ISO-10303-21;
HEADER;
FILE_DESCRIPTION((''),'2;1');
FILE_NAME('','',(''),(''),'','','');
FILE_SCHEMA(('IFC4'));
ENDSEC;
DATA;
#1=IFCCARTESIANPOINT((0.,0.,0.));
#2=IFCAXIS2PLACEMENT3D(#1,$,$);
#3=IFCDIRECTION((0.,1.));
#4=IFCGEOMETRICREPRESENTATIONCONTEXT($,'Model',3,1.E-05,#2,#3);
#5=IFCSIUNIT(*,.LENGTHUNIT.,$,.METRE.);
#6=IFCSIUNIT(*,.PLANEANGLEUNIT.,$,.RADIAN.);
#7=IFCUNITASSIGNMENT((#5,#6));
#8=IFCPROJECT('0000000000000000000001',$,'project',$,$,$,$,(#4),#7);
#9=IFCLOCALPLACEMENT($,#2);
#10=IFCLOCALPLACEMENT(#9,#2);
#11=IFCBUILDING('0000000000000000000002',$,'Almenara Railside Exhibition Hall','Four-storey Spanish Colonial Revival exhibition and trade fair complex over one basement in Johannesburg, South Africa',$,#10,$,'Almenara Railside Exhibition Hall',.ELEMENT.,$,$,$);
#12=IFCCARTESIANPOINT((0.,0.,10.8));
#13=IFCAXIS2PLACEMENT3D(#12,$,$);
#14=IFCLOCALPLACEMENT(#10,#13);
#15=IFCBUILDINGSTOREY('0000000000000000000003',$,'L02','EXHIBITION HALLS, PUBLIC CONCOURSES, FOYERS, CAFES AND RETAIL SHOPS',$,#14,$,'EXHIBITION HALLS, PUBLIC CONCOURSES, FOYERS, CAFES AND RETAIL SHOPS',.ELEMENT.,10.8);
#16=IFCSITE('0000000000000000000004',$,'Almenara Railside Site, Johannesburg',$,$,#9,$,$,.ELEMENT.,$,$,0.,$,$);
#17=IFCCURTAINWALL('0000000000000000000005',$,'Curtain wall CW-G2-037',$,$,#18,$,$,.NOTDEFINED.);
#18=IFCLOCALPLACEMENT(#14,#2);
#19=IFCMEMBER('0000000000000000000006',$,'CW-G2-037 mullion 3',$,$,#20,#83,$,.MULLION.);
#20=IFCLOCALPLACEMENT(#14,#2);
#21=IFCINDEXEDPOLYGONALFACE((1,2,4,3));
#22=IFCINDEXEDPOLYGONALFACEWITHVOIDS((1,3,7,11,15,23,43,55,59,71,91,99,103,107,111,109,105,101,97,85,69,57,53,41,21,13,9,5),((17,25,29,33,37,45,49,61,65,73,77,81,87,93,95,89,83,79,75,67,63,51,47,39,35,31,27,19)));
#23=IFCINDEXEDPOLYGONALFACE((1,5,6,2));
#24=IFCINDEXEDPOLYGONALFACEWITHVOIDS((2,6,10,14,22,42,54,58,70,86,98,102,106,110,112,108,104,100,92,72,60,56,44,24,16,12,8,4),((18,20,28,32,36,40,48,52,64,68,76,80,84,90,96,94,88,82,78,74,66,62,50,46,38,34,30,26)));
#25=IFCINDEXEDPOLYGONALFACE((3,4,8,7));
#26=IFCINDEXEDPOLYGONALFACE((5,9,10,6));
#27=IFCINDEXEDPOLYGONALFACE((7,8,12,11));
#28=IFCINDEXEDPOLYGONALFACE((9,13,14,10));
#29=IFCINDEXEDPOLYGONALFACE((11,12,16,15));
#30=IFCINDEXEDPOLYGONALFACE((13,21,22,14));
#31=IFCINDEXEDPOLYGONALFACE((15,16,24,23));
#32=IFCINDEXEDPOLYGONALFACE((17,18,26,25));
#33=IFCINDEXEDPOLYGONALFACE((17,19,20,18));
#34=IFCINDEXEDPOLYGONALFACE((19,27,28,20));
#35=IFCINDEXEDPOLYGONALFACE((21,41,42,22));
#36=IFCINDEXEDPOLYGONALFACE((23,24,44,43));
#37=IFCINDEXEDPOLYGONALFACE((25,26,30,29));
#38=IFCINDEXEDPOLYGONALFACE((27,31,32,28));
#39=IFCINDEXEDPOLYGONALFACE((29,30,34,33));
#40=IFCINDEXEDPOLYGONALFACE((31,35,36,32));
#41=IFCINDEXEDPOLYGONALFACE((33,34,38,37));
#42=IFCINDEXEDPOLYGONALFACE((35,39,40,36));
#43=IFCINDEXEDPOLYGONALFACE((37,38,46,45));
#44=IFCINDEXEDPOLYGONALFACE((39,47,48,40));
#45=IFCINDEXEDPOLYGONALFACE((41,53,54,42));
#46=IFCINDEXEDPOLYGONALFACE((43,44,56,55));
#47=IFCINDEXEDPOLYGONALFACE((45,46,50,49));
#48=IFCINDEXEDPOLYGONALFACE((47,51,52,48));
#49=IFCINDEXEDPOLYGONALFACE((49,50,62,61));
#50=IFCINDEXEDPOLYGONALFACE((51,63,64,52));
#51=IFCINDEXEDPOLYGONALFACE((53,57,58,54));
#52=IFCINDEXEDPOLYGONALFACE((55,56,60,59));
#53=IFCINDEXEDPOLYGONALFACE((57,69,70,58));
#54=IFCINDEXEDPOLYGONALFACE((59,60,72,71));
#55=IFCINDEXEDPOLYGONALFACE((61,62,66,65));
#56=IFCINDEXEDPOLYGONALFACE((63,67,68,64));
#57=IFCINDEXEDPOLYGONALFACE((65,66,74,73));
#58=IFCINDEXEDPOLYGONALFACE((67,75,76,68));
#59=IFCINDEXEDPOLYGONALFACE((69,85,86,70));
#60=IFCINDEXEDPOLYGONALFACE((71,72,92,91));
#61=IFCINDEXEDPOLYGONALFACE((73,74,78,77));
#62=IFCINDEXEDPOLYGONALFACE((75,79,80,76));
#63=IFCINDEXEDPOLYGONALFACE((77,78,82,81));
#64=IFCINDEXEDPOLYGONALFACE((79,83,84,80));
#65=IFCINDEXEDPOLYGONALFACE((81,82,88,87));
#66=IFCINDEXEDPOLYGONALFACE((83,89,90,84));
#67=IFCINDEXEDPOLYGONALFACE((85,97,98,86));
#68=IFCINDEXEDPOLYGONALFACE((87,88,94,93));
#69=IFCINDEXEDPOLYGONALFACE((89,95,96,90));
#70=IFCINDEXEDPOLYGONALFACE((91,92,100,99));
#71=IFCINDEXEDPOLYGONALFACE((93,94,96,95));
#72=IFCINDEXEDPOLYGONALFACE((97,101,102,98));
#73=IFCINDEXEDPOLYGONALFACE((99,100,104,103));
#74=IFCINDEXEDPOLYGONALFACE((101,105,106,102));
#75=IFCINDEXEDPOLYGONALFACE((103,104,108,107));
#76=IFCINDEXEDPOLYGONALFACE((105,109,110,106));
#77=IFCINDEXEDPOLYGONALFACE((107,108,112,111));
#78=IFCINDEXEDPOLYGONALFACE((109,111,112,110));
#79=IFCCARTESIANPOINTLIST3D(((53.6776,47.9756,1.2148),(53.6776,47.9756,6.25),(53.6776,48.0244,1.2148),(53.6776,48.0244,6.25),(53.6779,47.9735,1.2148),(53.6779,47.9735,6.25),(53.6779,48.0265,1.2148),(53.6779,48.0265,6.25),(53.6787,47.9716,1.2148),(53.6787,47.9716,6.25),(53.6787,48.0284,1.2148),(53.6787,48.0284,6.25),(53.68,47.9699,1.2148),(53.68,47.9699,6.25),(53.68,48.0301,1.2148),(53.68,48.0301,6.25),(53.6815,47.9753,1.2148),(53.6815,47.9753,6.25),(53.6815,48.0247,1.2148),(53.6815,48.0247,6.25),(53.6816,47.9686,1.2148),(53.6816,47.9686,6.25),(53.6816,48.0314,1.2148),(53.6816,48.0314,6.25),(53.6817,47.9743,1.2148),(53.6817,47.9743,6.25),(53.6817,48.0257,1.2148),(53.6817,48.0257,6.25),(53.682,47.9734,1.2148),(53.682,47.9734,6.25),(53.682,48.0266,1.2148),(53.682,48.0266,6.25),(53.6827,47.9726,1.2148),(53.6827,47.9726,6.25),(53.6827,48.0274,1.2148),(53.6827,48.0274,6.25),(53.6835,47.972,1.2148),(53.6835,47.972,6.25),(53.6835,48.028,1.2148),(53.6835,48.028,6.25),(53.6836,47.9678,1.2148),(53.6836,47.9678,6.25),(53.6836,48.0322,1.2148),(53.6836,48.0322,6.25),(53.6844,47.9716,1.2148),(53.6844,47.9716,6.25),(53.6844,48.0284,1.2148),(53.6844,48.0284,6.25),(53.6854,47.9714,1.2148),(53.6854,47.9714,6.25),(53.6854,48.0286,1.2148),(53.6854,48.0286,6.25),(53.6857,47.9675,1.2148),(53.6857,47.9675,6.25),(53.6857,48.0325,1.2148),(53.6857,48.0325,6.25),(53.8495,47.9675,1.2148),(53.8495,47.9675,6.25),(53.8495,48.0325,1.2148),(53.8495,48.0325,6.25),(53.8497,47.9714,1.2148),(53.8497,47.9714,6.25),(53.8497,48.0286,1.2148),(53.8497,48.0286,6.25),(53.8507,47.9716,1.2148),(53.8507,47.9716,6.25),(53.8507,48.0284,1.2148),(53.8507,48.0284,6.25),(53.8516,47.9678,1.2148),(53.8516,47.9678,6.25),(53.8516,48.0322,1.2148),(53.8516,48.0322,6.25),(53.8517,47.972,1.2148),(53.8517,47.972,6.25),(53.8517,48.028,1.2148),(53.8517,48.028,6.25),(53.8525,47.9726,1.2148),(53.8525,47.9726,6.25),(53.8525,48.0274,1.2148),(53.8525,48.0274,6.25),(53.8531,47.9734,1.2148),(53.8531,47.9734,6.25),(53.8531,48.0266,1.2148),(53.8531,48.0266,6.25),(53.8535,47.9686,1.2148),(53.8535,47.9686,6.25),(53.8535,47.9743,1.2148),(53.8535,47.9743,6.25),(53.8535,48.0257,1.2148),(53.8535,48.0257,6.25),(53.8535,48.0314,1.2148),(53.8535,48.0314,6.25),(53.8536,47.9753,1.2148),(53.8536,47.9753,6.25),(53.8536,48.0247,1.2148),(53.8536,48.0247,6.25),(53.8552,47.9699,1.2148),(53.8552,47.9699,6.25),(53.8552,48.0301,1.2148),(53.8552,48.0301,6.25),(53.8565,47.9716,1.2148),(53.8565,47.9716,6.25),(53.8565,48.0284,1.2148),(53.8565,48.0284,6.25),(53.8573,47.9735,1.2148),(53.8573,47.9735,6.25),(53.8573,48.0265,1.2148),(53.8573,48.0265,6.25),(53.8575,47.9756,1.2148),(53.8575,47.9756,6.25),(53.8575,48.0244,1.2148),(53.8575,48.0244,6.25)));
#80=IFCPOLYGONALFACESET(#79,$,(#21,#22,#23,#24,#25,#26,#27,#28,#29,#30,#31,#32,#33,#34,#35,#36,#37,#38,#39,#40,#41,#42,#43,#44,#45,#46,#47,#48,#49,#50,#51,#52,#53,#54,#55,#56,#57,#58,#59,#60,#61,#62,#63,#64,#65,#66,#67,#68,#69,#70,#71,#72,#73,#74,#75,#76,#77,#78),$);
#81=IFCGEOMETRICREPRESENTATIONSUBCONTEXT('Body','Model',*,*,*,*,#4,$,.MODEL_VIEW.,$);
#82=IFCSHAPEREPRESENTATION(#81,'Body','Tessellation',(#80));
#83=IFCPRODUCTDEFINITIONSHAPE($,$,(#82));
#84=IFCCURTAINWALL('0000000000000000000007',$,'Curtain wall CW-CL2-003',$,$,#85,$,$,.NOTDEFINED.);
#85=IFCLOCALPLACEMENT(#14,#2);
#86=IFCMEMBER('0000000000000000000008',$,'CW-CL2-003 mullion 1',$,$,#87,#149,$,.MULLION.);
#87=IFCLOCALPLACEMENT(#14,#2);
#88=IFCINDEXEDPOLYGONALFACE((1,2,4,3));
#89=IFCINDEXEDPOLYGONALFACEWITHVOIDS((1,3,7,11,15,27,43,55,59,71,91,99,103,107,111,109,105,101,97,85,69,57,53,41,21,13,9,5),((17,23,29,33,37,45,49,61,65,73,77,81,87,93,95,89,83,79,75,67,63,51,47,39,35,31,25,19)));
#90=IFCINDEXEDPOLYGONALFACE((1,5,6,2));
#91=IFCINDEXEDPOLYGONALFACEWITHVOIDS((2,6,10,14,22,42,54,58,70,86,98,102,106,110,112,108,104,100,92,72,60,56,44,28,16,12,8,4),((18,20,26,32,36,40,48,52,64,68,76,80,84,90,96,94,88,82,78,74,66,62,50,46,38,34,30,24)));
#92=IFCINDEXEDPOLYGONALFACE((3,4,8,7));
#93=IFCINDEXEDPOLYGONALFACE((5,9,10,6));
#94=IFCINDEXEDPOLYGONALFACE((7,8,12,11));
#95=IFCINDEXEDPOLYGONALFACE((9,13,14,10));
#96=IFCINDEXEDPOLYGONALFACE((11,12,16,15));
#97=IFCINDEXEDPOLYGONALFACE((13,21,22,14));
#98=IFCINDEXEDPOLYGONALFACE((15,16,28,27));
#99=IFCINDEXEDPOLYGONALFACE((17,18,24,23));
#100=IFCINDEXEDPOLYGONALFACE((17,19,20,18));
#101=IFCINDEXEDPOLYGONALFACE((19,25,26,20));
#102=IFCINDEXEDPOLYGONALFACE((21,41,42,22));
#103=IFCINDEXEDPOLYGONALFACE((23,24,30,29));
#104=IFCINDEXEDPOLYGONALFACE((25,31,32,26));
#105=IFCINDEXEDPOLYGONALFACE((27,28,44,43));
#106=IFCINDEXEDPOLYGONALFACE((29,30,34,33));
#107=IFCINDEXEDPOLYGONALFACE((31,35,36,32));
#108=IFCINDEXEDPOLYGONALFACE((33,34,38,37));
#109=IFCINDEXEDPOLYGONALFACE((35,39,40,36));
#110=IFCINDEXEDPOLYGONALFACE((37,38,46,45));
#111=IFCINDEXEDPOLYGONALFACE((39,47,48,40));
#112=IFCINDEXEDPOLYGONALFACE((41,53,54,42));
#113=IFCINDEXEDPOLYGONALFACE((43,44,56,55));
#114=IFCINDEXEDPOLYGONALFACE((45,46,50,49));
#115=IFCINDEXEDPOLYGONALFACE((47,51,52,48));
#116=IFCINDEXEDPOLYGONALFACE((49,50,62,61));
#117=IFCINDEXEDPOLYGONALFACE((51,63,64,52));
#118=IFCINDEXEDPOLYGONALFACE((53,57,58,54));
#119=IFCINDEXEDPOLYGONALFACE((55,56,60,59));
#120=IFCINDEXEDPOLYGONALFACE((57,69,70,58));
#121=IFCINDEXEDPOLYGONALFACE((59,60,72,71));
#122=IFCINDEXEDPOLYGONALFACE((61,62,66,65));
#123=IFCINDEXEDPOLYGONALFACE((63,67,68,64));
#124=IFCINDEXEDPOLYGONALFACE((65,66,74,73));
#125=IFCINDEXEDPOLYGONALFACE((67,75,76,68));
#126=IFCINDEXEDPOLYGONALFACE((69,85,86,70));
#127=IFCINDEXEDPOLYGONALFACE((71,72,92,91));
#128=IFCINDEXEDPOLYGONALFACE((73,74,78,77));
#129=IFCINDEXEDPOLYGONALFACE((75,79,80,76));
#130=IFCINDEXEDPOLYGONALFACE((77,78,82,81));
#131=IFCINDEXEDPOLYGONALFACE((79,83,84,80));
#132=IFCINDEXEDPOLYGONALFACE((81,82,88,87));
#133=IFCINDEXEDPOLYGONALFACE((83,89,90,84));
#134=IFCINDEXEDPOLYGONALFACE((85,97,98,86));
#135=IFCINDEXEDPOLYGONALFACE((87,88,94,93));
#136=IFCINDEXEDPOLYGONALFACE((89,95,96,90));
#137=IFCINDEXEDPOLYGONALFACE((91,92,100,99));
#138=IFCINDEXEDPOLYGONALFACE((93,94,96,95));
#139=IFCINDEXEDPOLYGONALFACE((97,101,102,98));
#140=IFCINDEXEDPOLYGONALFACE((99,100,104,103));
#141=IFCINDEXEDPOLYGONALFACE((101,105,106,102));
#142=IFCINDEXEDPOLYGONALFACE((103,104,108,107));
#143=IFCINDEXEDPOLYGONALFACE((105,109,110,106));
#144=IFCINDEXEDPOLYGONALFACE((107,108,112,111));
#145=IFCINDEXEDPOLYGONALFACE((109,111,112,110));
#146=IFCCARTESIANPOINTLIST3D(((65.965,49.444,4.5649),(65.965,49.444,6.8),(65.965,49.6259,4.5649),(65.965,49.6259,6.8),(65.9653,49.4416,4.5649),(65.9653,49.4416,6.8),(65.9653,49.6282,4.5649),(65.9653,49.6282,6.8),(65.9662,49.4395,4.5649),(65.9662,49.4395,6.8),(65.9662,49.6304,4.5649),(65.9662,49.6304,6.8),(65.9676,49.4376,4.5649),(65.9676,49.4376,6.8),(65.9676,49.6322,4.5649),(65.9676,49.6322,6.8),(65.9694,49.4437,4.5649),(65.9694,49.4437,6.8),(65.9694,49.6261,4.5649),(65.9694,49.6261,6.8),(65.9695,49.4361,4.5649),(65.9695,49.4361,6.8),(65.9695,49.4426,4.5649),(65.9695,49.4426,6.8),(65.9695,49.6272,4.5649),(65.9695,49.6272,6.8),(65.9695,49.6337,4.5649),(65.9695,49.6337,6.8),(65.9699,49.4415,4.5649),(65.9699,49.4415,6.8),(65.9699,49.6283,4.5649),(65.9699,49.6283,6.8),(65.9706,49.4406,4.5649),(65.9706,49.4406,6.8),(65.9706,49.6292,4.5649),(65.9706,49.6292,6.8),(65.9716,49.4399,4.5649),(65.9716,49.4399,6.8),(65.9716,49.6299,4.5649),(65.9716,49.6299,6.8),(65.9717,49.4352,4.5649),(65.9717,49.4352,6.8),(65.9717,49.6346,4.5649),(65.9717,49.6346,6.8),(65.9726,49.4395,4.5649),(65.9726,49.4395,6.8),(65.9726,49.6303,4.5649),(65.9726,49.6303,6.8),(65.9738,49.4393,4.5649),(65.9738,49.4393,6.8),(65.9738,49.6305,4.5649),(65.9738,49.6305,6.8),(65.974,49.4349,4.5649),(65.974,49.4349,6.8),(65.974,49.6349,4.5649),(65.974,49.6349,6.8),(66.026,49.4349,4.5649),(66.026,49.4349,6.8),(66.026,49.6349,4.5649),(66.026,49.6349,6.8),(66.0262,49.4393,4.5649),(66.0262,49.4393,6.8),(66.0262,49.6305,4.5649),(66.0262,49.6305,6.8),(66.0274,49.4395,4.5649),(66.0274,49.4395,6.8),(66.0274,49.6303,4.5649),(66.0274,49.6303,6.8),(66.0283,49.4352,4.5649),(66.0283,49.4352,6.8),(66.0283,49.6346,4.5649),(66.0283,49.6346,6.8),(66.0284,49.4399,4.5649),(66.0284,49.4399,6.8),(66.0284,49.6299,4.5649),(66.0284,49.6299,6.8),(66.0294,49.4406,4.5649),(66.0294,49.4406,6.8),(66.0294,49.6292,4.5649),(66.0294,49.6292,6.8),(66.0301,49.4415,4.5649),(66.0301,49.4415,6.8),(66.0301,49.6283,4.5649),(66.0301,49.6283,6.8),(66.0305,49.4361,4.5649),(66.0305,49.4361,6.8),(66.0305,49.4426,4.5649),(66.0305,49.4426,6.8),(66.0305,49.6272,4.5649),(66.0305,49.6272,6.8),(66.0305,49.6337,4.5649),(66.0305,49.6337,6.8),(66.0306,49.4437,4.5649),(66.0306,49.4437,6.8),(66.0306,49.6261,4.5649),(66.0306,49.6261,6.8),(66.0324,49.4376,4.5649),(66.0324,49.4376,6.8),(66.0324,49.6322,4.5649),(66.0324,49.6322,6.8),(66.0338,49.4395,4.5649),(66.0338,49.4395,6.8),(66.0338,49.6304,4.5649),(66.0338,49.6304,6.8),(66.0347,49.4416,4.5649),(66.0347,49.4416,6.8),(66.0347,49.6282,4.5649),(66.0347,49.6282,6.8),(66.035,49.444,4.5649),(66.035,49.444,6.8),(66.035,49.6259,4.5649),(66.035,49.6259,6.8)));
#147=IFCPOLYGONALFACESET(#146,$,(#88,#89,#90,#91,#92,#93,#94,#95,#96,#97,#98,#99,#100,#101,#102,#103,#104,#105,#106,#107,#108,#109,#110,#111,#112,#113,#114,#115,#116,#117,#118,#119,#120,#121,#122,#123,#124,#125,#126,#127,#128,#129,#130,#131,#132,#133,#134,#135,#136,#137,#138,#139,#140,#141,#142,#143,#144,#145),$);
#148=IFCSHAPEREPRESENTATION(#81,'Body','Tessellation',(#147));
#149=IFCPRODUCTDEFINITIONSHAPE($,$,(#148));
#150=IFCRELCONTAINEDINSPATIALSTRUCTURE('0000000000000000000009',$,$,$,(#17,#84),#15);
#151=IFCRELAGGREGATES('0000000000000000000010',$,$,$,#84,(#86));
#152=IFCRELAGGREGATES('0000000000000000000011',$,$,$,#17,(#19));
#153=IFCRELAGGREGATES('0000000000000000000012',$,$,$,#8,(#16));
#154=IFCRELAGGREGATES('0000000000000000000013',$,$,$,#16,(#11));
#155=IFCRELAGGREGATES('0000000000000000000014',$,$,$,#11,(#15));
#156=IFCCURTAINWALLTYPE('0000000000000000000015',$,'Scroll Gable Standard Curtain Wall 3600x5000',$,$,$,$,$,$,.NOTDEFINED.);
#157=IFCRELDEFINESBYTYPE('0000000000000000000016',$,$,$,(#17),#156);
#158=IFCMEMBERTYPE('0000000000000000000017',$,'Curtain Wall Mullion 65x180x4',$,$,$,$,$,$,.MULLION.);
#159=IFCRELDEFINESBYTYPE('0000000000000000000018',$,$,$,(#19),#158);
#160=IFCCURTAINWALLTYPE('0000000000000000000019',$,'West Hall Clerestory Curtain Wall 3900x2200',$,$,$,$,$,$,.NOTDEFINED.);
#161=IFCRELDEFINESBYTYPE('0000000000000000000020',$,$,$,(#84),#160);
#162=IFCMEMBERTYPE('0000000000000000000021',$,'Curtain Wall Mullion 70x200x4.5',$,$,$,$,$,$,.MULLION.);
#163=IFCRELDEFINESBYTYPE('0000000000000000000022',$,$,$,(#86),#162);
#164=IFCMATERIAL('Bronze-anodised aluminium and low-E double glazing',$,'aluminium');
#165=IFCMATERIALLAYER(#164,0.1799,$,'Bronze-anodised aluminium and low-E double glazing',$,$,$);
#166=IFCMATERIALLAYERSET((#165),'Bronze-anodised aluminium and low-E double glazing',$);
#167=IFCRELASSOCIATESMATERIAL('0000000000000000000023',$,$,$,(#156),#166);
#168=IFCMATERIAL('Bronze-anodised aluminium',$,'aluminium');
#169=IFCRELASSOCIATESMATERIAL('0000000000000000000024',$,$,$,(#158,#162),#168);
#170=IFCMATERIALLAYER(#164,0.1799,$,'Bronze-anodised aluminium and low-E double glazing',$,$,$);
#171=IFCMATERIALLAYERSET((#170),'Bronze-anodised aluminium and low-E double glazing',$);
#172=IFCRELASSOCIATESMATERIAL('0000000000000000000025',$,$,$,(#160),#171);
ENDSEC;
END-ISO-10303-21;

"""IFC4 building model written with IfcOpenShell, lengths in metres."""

from ifc_helpers import new_model, si_unit, direction, frame, origin, origin_2d, place, context, subcontext, project, spatial, hollow_rectangle, extrude, material, layer, layer_set, material_profile, profile_set, type_object, element, aggregate, save


model = new_model("IFC4")

# Units and contexts
model_context = context("Model", 3, precision=1e-05, world=origin(), true_north=direction((0.0, 1.0)))
body_context = subcontext(model_context, "Body", "Model", "MODEL_VIEW")
ifc_project = project(units=[si_unit("LENGTHUNIT", "METRE"), si_unit("PLANEANGLEUNIT", "RADIAN")], contexts=[model_context])

# Site, building, storey
site_placement = place(None, origin())
site = spatial("IfcSite", under=ifc_project, at=site_placement, Name="Almenara Railside Site, Johannesburg", CompositionType="ELEMENT", RefElevation=0.0)
building_placement = place(site_placement, origin())
building = spatial("IfcBuilding", under=site, at=building_placement, Name="Almenara Railside Exhibition Hall", Description="Four-storey Spanish Colonial Revival exhibition and trade fair complex over one basement in Johannesburg, South Africa", LongName="Almenara Railside Exhibition Hall", CompositionType="ELEMENT")
storey_placement = place(building_placement, frame((0.0, 0.0, 10.8)))
storey = spatial("IfcBuildingStorey", under=building, at=storey_placement, Name="L02", Description="EXHIBITION HALLS, PUBLIC CONCOURSES, FOYERS, CAFES AND RETAIL SHOPS", LongName="EXHIBITION HALLS, PUBLIC CONCOURSES, FOYERS, CAFES AND RETAIL SHOPS", CompositionType="ELEMENT", Elevation=10.8)

# Curtain walls, members
ifc_material_1 = material(Name="Bronze-anodised aluminium and low-E double glazing", Category="aluminium")
ifc_layer_1 = layer(ifc_material_1, 0.1799, Name="Bronze-anodised aluminium and low-E double glazing")
ifc_layer_set_1 = layer_set([ifc_layer_1], Name="Bronze-anodised aluminium and low-E double glazing")
curtain_wall_type_1 = type_object("IfcCurtainWallType", Name="Scroll Gable Standard Curtain Wall 3600x5000", PredefinedType="NOTDEFINED", material=ifc_layer_set_1)
curtain_wall_1_placement = place(storey_placement, origin())
curtain_wall_1 = element("IfcCurtainWall", 1, at=curtain_wall_1_placement, inside=storey, type_object=curtain_wall_type_1, Name="Curtain wall CW-G2-037", PredefinedType="NOTDEFINED")
ifc_material_2 = material(Name="Bronze-anodised aluminium", Category="aluminium")
ifc_material_profile_1 = material_profile(ifc_material_2, hollow_rectangle(XDim=0.0649, YDim=0.1799, WallThickness=0.0039, InnerFilletRadius=0.0039, OuterFilletRadius=0.0081, at=origin_2d()), Name="ALU-MUL 65x180x4")
ifc_profile_set_1 = profile_set([ifc_material_profile_1], Name="Bronze-anodised aluminium")
member_type_1 = type_object("IfcMemberType", Name="Curtain Wall Mullion 65x180x4", PredefinedType="MULLION", material=ifc_profile_set_1)
member_1_placement = place(storey_placement, frame((53.7676, 48.0, 1.2148), z_axis=(0.0, 0.0, 1.0), x_axis=(0.0, 1.0, 0.0)))
member_1 = element("IfcMember", 2, at=member_1_placement, type_object=member_type_1, Name="CW-G2-037 mullion 3", PredefinedType="MULLION", context=body_context, shape_type="SweptSolid", body=[
    extrude(hollow_rectangle(XDim=0.0649, YDim=0.1799, WallThickness=0.0039, InnerFilletRadius=0.0039, OuterFilletRadius=0.0081, at=origin_2d()), origin(), (0.0, 0.0, 1.0), 5.0352),
])
ifc_layer_2 = layer(ifc_material_1, 0.1799, Name="Bronze-anodised aluminium and low-E double glazing")
ifc_layer_set_2 = layer_set([ifc_layer_2], Name="Bronze-anodised aluminium and low-E double glazing")
curtain_wall_type_2 = type_object("IfcCurtainWallType", Name="West Hall Clerestory Curtain Wall 3900x2200", PredefinedType="NOTDEFINED", material=ifc_layer_set_2)
curtain_wall_2_placement = place(storey_placement, origin())
curtain_wall_2 = element("IfcCurtainWall", 3, at=curtain_wall_2_placement, inside=storey, type_object=curtain_wall_type_2, Name="Curtain wall CW-CL2-003", PredefinedType="NOTDEFINED")
ifc_material_profile_2 = material_profile(ifc_material_2, hollow_rectangle(XDim=0.0701, YDim=0.2, WallThickness=0.0044, InnerFilletRadius=0.0044, OuterFilletRadius=0.009, at=origin_2d()), Name="ALU-MUL 70x200x4.5")
ifc_profile_set_2 = profile_set([ifc_material_profile_2], Name="Bronze-anodised aluminium")
member_type_2 = type_object("IfcMemberType", Name="Curtain Wall Mullion 70x200x4.5", PredefinedType="MULLION", material=ifc_profile_set_2)
member_2_placement = place(storey_placement, frame((66.0, 49.5349, 4.5649), z_axis=(0.0, 0.0, 1.0), x_axis=(-1.0, 0.0, 0.0)))
member_2 = element("IfcMember", 4, at=member_2_placement, type_object=member_type_2, Name="CW-CL2-003 mullion 1", PredefinedType="MULLION", context=body_context, shape_type="SweptSolid", body=[
    extrude(hollow_rectangle(XDim=0.0701, YDim=0.2, WallThickness=0.0044, InnerFilletRadius=0.0044, OuterFilletRadius=0.009, at=origin_2d()), origin(), (0.0, 0.0, 1.0), 2.2351),
])
aggregate(curtain_wall_2, [member_2])

aggregate(curtain_wall_1, [member_1])

save(model, "model.ifc")
